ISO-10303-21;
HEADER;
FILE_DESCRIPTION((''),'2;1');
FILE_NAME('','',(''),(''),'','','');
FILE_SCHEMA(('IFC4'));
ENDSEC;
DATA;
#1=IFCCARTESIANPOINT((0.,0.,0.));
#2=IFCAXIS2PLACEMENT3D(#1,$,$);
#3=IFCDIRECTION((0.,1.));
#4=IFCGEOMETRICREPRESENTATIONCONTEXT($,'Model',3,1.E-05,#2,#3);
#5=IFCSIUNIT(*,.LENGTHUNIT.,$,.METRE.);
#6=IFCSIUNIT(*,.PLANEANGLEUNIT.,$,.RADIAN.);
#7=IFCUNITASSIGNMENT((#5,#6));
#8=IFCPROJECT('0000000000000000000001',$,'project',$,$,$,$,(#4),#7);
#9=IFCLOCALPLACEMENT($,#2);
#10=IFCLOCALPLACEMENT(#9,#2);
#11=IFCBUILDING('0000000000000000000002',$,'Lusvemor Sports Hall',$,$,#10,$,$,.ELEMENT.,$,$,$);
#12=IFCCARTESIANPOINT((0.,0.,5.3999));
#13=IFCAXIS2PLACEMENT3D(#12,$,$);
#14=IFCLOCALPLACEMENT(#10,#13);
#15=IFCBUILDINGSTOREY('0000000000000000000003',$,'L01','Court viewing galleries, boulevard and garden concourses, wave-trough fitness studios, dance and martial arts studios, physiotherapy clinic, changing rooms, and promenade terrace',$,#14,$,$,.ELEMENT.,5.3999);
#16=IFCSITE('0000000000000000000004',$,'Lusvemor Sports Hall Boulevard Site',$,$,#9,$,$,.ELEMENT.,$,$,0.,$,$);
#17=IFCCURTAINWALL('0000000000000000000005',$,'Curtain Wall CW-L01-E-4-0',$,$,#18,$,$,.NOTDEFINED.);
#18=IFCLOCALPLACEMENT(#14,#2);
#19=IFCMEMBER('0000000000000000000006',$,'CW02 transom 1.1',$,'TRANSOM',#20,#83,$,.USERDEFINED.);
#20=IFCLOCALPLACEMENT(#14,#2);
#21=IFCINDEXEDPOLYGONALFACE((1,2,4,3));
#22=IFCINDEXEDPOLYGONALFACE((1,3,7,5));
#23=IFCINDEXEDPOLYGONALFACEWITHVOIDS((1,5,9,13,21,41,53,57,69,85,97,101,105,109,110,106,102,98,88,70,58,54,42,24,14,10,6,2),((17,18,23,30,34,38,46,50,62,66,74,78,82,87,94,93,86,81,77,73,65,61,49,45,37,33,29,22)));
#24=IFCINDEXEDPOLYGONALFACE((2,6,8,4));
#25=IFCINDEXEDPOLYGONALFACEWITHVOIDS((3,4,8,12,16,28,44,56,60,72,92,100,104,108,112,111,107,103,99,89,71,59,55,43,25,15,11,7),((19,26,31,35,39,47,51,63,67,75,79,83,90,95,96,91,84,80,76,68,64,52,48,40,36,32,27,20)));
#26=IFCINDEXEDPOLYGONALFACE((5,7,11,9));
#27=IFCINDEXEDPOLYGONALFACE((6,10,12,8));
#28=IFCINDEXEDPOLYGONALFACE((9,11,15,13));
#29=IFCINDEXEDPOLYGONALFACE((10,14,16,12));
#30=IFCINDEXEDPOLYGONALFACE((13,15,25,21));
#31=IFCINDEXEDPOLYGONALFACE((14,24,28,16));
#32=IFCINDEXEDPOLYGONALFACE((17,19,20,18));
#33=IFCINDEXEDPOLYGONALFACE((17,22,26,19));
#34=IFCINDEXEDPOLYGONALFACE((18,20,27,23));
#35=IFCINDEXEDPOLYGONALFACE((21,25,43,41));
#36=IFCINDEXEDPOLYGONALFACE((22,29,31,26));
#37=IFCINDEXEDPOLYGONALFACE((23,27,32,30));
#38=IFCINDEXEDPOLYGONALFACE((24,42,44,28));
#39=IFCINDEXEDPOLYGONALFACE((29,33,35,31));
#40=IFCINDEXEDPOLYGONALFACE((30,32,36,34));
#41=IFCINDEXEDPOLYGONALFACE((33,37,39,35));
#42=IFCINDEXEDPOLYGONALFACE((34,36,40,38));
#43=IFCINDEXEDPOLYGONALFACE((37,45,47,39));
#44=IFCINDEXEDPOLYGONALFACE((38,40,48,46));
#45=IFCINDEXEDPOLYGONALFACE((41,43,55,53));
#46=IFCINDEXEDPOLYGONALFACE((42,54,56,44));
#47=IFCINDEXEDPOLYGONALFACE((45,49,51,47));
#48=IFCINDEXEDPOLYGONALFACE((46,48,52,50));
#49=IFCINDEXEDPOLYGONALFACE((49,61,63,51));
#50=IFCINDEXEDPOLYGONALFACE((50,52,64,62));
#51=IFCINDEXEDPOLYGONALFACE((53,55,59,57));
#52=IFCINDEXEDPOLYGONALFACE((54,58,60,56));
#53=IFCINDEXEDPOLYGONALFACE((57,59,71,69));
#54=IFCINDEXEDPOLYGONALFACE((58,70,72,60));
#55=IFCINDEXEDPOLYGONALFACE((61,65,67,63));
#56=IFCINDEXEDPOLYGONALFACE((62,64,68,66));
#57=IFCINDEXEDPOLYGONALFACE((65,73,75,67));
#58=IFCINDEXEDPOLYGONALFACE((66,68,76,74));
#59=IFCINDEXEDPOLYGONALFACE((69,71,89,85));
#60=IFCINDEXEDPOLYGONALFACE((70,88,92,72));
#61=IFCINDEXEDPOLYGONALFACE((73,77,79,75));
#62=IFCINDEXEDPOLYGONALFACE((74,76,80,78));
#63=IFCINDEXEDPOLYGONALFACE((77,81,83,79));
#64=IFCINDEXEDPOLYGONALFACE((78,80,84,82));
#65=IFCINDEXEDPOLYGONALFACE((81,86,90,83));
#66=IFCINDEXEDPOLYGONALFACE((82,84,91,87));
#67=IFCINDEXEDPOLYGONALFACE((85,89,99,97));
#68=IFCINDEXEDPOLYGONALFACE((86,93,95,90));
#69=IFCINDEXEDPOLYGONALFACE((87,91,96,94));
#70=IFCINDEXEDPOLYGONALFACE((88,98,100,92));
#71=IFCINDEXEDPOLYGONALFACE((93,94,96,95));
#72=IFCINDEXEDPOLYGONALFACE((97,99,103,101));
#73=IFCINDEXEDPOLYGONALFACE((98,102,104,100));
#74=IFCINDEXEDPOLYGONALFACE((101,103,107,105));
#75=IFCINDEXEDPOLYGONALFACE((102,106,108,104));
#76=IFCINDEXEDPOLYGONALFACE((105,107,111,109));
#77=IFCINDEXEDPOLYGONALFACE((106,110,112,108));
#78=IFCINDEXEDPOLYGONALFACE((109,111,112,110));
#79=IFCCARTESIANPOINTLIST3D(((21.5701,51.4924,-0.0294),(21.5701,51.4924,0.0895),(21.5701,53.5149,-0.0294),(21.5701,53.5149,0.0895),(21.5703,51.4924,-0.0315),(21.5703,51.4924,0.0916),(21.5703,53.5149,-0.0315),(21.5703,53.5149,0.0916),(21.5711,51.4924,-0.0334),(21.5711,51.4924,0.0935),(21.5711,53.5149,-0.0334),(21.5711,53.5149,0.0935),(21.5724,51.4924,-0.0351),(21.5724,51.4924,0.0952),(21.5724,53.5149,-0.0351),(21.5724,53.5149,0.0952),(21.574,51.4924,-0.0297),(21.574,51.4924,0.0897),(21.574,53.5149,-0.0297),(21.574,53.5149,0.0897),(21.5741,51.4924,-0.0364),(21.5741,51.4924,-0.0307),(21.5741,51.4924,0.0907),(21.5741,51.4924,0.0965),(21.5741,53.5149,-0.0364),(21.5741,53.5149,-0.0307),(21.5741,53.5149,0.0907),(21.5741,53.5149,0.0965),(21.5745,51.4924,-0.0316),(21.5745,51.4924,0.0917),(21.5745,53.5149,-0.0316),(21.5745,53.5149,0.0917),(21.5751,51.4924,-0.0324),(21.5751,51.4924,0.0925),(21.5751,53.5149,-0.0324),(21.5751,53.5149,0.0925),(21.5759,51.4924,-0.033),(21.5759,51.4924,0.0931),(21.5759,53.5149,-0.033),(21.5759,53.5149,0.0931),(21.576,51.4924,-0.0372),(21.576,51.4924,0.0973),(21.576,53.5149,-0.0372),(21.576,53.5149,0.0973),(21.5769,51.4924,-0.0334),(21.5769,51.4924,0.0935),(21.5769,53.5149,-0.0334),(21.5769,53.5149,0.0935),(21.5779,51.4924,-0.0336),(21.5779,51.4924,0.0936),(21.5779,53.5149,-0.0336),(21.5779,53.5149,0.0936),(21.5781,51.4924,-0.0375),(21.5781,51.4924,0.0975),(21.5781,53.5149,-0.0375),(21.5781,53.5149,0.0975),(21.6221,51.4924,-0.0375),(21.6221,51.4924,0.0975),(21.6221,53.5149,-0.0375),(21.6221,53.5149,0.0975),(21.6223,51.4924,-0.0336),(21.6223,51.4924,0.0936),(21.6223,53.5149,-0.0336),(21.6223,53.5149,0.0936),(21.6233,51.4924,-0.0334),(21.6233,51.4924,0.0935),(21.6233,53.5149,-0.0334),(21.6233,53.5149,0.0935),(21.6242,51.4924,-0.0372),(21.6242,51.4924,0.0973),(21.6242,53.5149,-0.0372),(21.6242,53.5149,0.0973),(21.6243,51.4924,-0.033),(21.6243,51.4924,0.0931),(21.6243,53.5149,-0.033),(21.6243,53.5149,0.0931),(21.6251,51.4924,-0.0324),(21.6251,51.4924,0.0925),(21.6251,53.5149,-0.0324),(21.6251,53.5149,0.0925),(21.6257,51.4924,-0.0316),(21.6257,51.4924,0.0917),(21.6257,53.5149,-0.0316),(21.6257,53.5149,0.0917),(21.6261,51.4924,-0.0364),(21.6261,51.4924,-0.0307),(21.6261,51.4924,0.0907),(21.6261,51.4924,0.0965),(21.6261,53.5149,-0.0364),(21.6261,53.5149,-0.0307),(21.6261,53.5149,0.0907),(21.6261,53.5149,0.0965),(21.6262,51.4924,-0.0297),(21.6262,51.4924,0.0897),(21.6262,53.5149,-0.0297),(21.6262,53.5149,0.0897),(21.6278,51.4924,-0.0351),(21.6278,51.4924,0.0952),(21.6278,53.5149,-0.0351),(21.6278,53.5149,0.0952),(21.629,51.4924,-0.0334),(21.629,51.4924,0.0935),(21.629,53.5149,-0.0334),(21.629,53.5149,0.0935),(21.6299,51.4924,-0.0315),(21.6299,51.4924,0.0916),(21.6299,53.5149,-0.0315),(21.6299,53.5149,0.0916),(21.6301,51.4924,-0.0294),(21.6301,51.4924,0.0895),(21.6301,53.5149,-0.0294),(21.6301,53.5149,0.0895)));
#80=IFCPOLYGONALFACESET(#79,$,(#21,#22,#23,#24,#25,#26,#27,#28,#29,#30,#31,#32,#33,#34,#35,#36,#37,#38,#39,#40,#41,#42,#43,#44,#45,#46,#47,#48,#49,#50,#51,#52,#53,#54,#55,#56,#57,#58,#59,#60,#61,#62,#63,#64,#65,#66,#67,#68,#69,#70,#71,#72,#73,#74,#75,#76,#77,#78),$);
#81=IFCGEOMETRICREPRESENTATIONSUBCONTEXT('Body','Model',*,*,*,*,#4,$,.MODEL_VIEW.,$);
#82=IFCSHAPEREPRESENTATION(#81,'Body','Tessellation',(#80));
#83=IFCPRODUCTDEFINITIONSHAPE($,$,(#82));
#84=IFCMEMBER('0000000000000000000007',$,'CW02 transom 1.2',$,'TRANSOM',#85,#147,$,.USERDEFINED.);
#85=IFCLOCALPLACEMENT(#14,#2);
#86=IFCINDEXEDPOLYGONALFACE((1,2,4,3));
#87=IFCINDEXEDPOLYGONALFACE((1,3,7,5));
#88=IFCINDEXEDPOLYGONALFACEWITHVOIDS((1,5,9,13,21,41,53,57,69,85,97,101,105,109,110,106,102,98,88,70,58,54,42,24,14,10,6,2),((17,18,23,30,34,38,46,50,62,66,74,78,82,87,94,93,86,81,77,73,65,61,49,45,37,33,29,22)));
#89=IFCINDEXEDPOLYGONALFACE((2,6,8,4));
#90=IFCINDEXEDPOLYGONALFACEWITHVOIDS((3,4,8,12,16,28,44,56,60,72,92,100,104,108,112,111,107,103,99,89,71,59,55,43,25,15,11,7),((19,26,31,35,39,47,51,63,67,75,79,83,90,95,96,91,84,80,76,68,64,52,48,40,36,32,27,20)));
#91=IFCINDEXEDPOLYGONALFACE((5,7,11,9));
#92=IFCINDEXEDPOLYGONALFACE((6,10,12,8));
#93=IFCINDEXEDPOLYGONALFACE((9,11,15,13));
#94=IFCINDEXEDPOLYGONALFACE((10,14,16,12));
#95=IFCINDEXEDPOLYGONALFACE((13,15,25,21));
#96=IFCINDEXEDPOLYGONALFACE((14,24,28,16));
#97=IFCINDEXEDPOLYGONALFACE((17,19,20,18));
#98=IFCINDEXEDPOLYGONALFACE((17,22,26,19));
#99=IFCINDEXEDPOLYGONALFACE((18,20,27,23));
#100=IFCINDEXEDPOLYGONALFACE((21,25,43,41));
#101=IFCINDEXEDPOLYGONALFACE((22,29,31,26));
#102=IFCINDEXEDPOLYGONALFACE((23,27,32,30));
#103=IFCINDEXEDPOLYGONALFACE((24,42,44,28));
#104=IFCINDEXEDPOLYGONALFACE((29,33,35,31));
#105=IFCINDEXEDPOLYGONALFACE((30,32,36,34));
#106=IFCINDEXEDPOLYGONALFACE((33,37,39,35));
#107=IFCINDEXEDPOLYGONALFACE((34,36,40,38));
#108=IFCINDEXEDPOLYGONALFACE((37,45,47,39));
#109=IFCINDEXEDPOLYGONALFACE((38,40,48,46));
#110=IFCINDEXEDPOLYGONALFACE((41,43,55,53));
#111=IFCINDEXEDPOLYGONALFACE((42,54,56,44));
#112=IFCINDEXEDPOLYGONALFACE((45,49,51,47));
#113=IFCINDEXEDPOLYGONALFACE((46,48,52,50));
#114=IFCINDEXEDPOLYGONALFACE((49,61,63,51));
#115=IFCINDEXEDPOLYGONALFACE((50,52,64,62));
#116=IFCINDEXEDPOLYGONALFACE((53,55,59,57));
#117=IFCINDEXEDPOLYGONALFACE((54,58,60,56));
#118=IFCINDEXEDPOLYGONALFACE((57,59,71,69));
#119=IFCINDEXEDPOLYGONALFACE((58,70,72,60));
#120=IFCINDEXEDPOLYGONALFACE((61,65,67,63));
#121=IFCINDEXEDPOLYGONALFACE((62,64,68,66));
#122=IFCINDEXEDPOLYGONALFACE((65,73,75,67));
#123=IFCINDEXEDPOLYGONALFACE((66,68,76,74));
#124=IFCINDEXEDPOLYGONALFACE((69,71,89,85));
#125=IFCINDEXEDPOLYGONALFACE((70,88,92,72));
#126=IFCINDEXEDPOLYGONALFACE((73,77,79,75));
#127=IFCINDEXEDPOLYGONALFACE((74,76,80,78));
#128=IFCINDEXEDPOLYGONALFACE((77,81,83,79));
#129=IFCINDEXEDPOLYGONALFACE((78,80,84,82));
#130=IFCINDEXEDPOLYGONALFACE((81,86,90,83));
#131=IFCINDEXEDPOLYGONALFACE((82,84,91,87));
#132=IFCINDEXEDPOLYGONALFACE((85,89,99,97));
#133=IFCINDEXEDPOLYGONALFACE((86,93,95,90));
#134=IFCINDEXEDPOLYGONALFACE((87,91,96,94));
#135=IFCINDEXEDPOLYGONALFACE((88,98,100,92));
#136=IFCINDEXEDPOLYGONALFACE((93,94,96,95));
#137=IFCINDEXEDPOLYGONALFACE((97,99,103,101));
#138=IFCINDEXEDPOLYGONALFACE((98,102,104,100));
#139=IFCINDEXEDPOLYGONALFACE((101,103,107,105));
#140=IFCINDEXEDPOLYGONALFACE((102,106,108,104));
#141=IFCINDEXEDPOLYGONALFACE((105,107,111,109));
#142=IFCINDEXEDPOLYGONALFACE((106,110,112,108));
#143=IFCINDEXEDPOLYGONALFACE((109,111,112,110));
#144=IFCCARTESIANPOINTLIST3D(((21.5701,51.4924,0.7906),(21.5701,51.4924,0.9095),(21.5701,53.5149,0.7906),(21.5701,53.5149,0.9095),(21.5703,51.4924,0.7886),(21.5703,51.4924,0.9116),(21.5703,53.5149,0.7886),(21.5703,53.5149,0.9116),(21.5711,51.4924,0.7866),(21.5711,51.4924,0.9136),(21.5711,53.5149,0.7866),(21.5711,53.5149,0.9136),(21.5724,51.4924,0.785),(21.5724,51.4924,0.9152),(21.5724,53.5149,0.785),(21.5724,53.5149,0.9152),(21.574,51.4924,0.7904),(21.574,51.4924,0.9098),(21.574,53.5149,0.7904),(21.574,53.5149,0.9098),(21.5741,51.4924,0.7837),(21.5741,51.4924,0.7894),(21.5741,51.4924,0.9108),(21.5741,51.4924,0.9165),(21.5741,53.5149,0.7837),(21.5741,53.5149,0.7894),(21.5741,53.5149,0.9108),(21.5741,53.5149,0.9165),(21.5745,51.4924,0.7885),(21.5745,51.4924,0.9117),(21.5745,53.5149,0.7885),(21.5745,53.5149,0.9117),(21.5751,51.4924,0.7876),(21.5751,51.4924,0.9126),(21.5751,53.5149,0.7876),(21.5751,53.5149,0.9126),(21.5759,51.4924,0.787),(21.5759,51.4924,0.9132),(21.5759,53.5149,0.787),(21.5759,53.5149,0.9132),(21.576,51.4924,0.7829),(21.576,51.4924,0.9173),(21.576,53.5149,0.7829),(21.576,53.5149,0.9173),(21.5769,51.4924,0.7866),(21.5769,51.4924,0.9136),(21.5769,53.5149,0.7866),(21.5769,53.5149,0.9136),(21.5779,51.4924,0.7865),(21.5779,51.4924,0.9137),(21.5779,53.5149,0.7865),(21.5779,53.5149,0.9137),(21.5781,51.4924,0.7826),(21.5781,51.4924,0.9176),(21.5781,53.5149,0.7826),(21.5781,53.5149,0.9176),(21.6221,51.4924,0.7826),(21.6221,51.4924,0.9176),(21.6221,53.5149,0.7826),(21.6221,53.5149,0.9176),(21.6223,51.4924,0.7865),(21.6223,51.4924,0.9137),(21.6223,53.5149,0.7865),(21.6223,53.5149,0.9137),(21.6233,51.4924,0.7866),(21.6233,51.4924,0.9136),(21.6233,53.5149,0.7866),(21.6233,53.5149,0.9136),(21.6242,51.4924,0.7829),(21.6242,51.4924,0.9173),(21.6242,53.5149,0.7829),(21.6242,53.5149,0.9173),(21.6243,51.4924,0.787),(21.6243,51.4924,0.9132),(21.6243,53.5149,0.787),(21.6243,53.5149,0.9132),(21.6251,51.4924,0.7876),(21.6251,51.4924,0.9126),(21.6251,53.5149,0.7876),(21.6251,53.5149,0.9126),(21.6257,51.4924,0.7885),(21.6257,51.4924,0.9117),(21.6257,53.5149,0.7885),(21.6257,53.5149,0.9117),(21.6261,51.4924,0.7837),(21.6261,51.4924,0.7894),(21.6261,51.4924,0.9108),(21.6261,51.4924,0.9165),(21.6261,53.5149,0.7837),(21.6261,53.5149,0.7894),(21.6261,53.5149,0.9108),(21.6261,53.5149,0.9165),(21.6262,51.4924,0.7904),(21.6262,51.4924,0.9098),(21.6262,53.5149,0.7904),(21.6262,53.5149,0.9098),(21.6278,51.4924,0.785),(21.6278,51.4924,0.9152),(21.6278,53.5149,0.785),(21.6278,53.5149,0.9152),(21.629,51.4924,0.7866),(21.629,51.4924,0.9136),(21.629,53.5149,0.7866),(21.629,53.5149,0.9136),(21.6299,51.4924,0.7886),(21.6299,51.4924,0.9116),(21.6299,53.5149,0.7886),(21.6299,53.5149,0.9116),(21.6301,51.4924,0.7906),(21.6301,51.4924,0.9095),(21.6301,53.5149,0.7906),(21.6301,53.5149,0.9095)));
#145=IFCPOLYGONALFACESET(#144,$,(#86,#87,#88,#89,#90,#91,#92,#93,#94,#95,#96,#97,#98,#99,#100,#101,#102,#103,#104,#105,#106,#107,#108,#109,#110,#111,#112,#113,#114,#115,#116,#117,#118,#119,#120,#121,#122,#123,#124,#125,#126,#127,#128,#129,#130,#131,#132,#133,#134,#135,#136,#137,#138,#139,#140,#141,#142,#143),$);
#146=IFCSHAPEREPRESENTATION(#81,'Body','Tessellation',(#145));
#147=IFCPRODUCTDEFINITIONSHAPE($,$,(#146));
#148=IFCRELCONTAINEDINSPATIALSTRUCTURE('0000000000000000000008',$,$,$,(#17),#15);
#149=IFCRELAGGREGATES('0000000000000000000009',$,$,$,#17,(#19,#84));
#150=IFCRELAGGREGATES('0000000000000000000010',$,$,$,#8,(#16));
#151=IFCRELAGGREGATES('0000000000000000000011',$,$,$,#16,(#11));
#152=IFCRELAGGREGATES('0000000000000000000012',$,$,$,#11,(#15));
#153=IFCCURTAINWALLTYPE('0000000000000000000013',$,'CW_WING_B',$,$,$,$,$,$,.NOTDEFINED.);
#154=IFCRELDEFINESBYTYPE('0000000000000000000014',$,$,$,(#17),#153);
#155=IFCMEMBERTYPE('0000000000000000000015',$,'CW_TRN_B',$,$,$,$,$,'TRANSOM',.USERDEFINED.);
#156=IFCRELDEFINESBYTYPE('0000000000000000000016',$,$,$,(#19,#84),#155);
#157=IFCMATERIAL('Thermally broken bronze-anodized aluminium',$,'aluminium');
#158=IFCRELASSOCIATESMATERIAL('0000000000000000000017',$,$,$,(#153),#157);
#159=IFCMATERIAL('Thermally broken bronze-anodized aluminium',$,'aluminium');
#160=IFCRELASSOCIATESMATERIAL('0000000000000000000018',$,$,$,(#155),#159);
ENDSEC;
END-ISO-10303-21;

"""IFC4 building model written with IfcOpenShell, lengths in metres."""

from ifc_helpers import new_model, si_unit, direction, frame, origin, origin_2d, place, context, subcontext, project, spatial, hollow_rectangle, extrude, material, material_profile, profile_set, type_object, element, aggregate, save


model = new_model("IFC4")

# Units and contexts
model_context = context("Model", 3, precision=1e-05, world=origin(), true_north=direction((0.0, 1.0)))
body_context = subcontext(model_context, "Body", "Model", "MODEL_VIEW")
ifc_project = project(units=[si_unit("LENGTHUNIT", "METRE"), si_unit("PLANEANGLEUNIT", "RADIAN")], contexts=[model_context])

# Site, building, storey
site_placement = place(None, origin())
site = spatial("IfcSite", under=ifc_project, at=site_placement, Name="Lusvemor Sports Hall Boulevard Site", CompositionType="ELEMENT", RefElevation=0.0)
building_placement = place(site_placement, origin())
building = spatial("IfcBuilding", under=site, at=building_placement, Name="Lusvemor Sports Hall", CompositionType="ELEMENT")
storey_placement = place(building_placement, frame((0.0, 0.0, 5.3999)))
storey = spatial("IfcBuildingStorey", under=building, at=storey_placement, Name="L01", Description="Court viewing galleries, boulevard and garden concourses, wave-trough fitness studios, dance and martial arts studios, physiotherapy clinic, changing rooms, and promenade terrace", CompositionType="ELEMENT", Elevation=5.3999)

# Curtain wall
ifc_material_1 = material(Name="Thermally broken bronze-anodized aluminium", Category="aluminium")
curtain_wall_type_1 = type_object("IfcCurtainWallType", Name="CW_WING_B", PredefinedType="NOTDEFINED", material=ifc_material_1)
curtain_wall_1_placement = place(storey_placement, origin())
curtain_wall_1 = element("IfcCurtainWall", 1, at=curtain_wall_1_placement, inside=storey, type_object=curtain_wall_type_1, Name="Curtain Wall CW-L01-E-4-0", PredefinedType="NOTDEFINED")

# Members
ifc_material_2 = material(Name="Thermally broken bronze-anodized aluminium", Category="aluminium")
ifc_material_profile_1 = material_profile(ifc_material_2, hollow_rectangle(XDim=0.0601, YDim=0.135, WallThickness=0.0039, InnerFilletRadius=0.0039, OuterFilletRadius=0.0081, at=origin_2d()), Name="CWTRN135x60x4")
ifc_profile_set_1 = profile_set([ifc_material_profile_1], Name="Thermally broken bronze-anodized aluminium")
member_type_1 = type_object("IfcMemberType", Name="CW_TRN_B", ElementType="TRANSOM", PredefinedType="USERDEFINED", material=ifc_profile_set_1)
member_1_placement = place(storey_placement, frame((21.6001, 53.5149, 0.03), z_axis=(0.0, -1.0, 0.0), x_axis=(1.0, 0.0, 0.0)))
member_1 = element("IfcMember", 2, at=member_1_placement, type_object=member_type_1, Name="CW02 transom 1.1", ObjectType="TRANSOM", PredefinedType="USERDEFINED", context=body_context, shape_type="SweptSolid", body=[
    extrude(hollow_rectangle(XDim=0.0601, YDim=0.135, WallThickness=0.0039, InnerFilletRadius=0.0039, OuterFilletRadius=0.0081, at=origin_2d()), origin(), (0.0, 0.0, 1.0), 2.0225),
])
member_2_placement = place(storey_placement, frame((21.6001, 53.5149, 0.8501), z_axis=(0.0, -1.0, 0.0), x_axis=(1.0, 0.0, 0.0)))
member_2 = element("IfcMember", 3, at=member_2_placement, type_object=member_type_1, Name="CW02 transom 1.2", ObjectType="TRANSOM", PredefinedType="USERDEFINED", context=body_context, shape_type="SweptSolid", body=[
    extrude(hollow_rectangle(XDim=0.0601, YDim=0.135, WallThickness=0.0039, InnerFilletRadius=0.0039, OuterFilletRadius=0.0081, at=origin_2d()), origin(), (0.0, 0.0, 1.0), 2.0225),
])

aggregate(curtain_wall_1, [member_1, member_2])

save(model, "model.ifc")
